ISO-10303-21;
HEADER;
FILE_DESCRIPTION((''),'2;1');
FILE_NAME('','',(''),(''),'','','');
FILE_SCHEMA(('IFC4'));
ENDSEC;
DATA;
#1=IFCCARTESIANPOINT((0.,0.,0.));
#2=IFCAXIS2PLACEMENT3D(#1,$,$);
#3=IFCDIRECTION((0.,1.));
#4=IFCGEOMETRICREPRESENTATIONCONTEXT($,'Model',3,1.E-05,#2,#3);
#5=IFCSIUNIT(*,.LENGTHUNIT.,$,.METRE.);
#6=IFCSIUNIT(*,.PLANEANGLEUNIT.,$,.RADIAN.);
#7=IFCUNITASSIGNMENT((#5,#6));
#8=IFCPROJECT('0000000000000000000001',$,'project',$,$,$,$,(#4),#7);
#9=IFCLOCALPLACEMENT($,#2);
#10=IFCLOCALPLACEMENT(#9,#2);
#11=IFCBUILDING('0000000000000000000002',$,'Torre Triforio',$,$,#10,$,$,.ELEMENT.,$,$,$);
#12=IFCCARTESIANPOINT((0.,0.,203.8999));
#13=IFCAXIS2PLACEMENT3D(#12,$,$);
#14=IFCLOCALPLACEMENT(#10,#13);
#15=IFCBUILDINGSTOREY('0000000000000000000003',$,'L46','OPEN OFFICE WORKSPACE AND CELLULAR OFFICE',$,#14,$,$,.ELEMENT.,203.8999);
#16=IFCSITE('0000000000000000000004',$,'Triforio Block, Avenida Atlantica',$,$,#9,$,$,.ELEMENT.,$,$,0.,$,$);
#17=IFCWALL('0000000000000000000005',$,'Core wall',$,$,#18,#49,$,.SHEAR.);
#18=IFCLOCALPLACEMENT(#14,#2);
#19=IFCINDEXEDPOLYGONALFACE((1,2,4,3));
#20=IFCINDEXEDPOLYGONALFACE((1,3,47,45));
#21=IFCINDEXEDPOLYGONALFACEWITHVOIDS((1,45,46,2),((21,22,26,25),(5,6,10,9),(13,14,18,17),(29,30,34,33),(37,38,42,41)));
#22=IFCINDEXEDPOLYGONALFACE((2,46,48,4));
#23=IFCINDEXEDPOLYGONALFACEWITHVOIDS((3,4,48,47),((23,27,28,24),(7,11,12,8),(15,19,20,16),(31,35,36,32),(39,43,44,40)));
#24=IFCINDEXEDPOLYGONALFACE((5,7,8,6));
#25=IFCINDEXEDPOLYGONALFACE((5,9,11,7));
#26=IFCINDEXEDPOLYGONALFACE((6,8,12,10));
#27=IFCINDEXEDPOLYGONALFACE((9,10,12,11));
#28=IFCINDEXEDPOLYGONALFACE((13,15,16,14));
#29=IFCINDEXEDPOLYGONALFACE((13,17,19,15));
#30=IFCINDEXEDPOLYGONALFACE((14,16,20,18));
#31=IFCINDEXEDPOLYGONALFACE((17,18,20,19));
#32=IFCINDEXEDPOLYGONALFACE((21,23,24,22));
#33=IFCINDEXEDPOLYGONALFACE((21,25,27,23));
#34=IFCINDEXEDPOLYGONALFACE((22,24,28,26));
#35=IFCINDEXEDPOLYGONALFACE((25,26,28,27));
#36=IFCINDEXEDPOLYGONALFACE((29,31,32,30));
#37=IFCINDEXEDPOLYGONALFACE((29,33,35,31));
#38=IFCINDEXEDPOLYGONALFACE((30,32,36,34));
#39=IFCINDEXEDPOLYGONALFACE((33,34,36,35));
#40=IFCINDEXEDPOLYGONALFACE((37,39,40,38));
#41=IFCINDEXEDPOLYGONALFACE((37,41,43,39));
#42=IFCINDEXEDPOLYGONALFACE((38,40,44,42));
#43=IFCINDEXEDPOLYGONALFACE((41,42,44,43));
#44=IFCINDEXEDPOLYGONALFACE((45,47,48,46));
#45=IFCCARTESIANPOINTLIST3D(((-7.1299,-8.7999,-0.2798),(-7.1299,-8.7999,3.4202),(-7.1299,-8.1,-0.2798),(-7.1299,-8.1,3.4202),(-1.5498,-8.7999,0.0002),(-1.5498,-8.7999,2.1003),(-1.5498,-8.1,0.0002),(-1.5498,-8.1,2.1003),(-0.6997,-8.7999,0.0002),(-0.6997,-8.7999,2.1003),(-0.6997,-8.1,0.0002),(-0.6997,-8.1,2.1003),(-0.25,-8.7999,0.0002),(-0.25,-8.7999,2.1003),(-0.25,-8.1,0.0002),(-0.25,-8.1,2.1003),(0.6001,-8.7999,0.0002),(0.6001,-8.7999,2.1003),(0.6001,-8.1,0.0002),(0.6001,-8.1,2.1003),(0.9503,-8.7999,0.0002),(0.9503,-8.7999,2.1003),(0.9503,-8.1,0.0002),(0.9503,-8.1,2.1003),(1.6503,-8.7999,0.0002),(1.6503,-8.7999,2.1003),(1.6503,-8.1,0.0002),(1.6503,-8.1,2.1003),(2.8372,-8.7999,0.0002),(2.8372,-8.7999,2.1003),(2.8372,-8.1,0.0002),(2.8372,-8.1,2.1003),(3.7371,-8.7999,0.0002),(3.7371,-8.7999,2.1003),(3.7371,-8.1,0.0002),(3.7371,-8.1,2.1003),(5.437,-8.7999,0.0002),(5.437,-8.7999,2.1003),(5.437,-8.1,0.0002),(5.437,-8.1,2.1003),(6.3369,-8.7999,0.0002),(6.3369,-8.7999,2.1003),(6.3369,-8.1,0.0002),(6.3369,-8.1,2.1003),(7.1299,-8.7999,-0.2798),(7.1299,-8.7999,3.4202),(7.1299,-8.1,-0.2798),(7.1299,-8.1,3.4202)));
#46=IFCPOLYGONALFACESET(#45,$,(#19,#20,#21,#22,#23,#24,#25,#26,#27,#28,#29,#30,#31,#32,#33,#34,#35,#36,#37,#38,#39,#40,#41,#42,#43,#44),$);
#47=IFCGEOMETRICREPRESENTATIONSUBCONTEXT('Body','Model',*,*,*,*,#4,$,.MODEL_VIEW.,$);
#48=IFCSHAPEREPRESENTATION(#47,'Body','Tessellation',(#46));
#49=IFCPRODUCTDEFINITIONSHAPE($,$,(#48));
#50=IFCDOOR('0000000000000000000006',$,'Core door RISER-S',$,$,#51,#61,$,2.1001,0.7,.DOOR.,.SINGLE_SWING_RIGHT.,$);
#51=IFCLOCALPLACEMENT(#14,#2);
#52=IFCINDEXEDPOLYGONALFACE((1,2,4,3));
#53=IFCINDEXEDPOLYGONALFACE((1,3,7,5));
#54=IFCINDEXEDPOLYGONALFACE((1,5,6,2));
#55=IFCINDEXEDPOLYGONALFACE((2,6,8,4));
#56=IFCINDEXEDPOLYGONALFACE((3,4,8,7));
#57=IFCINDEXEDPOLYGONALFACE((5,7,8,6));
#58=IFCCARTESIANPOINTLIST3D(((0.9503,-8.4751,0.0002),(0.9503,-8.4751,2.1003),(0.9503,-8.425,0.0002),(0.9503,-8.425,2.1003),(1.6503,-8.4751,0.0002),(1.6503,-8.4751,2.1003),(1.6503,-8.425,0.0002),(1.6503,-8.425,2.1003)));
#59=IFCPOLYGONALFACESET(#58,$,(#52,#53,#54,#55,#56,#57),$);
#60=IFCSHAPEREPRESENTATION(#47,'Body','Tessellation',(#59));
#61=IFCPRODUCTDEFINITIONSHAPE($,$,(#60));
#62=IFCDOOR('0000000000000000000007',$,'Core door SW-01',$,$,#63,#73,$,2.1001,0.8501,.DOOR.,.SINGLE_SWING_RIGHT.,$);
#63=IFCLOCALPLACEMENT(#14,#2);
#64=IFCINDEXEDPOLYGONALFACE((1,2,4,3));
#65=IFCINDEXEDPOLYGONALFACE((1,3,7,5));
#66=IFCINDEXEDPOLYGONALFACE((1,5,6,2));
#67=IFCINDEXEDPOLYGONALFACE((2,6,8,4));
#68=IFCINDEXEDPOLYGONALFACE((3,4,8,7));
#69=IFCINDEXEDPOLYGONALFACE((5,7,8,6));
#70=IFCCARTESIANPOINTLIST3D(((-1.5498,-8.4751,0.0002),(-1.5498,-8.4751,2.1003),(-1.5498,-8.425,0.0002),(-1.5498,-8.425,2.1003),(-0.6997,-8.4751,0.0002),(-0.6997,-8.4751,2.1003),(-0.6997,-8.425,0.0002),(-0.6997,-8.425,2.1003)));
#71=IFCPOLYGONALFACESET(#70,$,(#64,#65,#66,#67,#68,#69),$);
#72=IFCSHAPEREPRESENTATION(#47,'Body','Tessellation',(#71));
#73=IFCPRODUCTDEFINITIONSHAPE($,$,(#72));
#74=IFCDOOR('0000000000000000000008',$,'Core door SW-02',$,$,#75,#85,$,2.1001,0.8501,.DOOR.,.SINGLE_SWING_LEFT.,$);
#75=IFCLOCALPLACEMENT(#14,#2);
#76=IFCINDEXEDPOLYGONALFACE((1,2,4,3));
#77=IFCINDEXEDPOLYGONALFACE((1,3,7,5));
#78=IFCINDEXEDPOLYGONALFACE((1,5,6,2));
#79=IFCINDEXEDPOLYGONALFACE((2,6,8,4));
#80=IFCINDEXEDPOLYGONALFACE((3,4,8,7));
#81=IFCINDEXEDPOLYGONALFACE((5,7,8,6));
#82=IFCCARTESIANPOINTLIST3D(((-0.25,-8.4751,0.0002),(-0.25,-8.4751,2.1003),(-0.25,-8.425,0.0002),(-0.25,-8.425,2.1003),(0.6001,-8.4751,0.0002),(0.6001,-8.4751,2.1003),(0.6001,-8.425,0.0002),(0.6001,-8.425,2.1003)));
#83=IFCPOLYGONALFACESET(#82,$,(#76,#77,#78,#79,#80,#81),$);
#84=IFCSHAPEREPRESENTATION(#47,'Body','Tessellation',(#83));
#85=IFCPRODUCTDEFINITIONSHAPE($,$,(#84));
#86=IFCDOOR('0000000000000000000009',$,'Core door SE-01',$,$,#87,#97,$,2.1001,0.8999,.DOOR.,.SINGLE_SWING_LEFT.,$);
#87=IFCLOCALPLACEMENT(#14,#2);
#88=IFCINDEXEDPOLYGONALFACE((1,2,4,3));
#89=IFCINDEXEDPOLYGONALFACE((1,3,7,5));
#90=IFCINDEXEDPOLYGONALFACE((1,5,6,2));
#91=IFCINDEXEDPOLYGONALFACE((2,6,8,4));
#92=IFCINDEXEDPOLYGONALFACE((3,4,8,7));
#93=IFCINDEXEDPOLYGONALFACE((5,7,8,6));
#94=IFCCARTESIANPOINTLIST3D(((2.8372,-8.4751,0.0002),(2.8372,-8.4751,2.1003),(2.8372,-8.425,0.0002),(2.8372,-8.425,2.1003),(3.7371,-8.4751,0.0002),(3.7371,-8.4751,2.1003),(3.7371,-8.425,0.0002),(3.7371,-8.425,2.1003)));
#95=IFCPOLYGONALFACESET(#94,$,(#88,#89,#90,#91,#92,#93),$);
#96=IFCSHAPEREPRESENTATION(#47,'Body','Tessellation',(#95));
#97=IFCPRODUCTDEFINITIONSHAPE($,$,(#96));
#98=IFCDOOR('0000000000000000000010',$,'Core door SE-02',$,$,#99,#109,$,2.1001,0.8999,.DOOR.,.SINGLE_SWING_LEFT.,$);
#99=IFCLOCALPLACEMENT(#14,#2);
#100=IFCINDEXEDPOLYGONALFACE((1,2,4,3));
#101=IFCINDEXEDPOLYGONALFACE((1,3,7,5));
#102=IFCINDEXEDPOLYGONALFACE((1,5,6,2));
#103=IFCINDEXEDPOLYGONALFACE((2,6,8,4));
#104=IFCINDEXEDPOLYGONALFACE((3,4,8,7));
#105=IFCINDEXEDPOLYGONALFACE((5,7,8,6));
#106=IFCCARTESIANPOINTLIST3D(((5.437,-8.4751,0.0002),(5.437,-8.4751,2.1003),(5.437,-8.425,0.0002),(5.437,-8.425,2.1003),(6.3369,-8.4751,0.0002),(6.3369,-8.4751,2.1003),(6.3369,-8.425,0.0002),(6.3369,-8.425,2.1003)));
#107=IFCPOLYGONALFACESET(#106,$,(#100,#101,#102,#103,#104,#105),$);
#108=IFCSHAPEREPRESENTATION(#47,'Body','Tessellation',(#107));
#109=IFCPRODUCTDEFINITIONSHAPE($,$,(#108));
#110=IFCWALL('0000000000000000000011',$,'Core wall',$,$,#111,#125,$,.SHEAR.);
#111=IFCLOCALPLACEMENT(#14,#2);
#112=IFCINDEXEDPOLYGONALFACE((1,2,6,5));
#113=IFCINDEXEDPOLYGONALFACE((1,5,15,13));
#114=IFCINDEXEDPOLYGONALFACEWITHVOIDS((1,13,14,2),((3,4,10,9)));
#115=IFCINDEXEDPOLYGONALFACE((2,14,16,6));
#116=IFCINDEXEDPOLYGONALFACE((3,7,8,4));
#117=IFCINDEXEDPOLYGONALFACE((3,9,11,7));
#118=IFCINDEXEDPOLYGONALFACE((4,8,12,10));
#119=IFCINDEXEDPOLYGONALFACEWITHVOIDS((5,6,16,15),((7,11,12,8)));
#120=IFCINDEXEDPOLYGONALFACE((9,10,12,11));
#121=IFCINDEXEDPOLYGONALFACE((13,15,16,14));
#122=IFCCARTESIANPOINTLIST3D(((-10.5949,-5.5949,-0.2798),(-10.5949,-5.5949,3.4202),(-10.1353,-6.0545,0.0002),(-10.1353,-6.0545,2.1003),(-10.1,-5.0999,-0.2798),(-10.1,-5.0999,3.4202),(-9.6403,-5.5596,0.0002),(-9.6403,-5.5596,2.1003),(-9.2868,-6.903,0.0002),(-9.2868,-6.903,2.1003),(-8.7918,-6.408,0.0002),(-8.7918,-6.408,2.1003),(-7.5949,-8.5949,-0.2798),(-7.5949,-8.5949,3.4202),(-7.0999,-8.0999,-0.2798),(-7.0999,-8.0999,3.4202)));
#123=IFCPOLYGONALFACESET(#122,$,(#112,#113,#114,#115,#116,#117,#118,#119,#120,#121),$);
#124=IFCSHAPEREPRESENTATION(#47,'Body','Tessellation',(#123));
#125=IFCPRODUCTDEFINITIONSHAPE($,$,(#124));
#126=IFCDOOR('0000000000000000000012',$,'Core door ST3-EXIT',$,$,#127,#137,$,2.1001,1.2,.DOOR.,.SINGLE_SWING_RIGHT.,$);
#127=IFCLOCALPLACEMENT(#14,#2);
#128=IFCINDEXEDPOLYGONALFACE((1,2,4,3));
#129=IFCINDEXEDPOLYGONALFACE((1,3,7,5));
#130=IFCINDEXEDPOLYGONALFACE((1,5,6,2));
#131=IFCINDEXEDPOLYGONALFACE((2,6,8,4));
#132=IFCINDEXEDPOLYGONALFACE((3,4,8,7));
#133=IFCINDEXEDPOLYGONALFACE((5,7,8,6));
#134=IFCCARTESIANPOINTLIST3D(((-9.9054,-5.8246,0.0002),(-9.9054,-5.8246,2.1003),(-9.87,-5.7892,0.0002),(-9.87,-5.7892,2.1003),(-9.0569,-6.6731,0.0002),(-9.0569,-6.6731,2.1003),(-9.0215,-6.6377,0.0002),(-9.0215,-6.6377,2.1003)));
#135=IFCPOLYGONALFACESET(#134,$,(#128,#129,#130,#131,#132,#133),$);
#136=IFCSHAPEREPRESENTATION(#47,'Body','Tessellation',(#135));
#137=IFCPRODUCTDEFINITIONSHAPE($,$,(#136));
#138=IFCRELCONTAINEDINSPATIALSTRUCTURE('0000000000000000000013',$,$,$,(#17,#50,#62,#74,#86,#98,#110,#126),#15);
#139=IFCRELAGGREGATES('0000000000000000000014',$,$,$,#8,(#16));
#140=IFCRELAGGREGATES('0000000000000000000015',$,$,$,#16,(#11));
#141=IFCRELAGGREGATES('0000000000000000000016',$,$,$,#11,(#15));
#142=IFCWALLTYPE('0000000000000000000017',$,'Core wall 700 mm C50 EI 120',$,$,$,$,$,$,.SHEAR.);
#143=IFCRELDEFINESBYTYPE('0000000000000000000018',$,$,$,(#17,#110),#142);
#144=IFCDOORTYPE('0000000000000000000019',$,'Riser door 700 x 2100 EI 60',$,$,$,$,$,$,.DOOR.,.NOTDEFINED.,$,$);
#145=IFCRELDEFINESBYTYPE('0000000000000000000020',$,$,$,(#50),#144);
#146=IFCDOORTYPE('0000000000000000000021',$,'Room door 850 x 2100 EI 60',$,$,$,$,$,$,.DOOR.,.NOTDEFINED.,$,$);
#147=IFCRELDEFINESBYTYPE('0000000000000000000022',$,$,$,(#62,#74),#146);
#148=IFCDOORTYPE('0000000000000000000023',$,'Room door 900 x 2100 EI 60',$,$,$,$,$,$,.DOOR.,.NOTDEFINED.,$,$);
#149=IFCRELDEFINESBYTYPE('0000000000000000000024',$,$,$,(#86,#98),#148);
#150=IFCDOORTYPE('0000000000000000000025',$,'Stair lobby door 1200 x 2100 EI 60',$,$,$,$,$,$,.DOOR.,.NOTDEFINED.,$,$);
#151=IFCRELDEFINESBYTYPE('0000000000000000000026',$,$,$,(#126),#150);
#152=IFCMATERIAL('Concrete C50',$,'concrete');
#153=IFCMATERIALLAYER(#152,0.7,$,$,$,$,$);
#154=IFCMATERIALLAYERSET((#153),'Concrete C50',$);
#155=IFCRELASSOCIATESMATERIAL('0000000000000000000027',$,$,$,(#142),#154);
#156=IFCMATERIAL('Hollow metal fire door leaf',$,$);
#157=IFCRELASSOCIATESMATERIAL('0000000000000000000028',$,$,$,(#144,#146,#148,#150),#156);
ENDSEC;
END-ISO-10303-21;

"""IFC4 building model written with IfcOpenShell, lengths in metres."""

from ifc_helpers import new_model, si_unit, direction, frame, frame_2d, origin, place, context, subcontext, project, spatial, rectangle, extrude, material, layer, layer_set, type_object, element, fill, save


model = new_model("IFC4")

# Units and contexts
model_context = context("Model", 3, precision=1e-05, world=origin(), true_north=direction((0.0, 1.0)))
body_context = subcontext(model_context, "Body", "Model", "MODEL_VIEW")
ifc_project = project(units=[si_unit("LENGTHUNIT", "METRE"), si_unit("PLANEANGLEUNIT", "RADIAN")], contexts=[model_context])

# Site, building, storey
site_placement = place(None, origin())
site = spatial("IfcSite", under=ifc_project, at=site_placement, Name="Triforio Block, Avenida Atlantica", CompositionType="ELEMENT", RefElevation=0.0)
building_placement = place(site_placement, origin())
building = spatial("IfcBuilding", under=site, at=building_placement, Name="Torre Triforio", CompositionType="ELEMENT")
storey_placement = place(building_placement, frame((0.0, 0.0, 203.8999)))
storey = spatial("IfcBuildingStorey", under=building, at=storey_placement, Name="L46", Description="OPEN OFFICE WORKSPACE AND CELLULAR OFFICE", CompositionType="ELEMENT", Elevation=203.8999)

# Shared definitions
ifc_material_1 = material(Name="Concrete C50", Category="concrete")

# Wall, openings, doors
ifc_layer_1 = layer(ifc_material_1, 0.7)
ifc_layer_set_1 = layer_set([ifc_layer_1], Name="Concrete C50")
wall_type_1 = type_object("IfcWallType", Name="Core wall 700 mm C50 EI 120", PredefinedType="SHEAR", material=ifc_layer_set_1)
wall_1_placement = place(storey_placement, frame((-7.1299, -8.45, -0.2798), z_axis=(0.0, 0.0, 1.0), x_axis=(1.0, 0.0, 0.0)))
wall_1 = element("IfcWall", 1, at=wall_1_placement, inside=storey, type_object=wall_type_1, Name="Core wall", PredefinedType="SHEAR", context=body_context, shape_type="SweptSolid", body=[
    extrude(rectangle(XDim=14.2598, YDim=0.7, at=frame_2d((7.1299, 0.0))), origin(), (0.0, 0.0, 1.0), 3.7),
])
opening_1_placement = place(wall_1_placement, frame((8.0801, 0.0, 0.28)))
opening_1 = element("IfcOpeningElement", 2, at=opening_1_placement, cuts=wall_1, PredefinedType="OPENING", context=body_context, shape_type="SweptSolid", body=[
    extrude(rectangle(XDim=0.7, YDim=2.1001, at=frame_2d((0.3501, 1.05))), frame((0.0, 0.3599, 0.0), z_axis=(0.0, -1.0, 0.0), x_axis=(1.0, 0.0, 0.0)), (0.0, 0.0, 1.0), 0.72),
])
opening_2_placement = place(wall_1_placement, frame((5.5801, 0.0, 0.28)))
opening_2 = element("IfcOpeningElement", 3, at=opening_2_placement, cuts=wall_1, PredefinedType="OPENING", context=body_context, shape_type="SweptSolid", body=[
    extrude(rectangle(XDim=0.8501, YDim=2.1001, at=frame_2d((0.425, 1.05))), frame((0.0, 0.3599, 0.0), z_axis=(0.0, -1.0, 0.0), x_axis=(1.0, 0.0, 0.0)), (0.0, 0.0, 1.0), 0.72),
])
opening_3_placement = place(wall_1_placement, frame((6.8799, 0.0, 0.28)))
opening_3 = element("IfcOpeningElement", 4, at=opening_3_placement, cuts=wall_1, PredefinedType="OPENING", context=body_context, shape_type="SweptSolid", body=[
    extrude(rectangle(XDim=0.8501, YDim=2.1001, at=frame_2d((0.425, 1.05))), frame((0.0, 0.3599, 0.0), z_axis=(0.0, -1.0, 0.0), x_axis=(1.0, 0.0, 0.0)), (0.0, 0.0, 1.0), 0.72),
])
opening_4_placement = place(wall_1_placement, frame((9.967, 0.0, 0.28)))
opening_4 = element("IfcOpeningElement", 5, at=opening_4_placement, cuts=wall_1, PredefinedType="OPENING", context=body_context, shape_type="SweptSolid", body=[
    extrude(rectangle(XDim=0.8999, YDim=2.1001, at=frame_2d((0.45, 1.05))), frame((0.0, 0.3599, 0.0), z_axis=(0.0, -1.0, 0.0), x_axis=(1.0, 0.0, 0.0)), (0.0, 0.0, 1.0), 0.72),
])
opening_5_placement = place(wall_1_placement, frame((12.5669, 0.0, 0.28)))
opening_5 = element("IfcOpeningElement", 6, at=opening_5_placement, cuts=wall_1, PredefinedType="OPENING", context=body_context, shape_type="SweptSolid", body=[
    extrude(rectangle(XDim=0.8999, YDim=2.1001, at=frame_2d((0.45, 1.05))), frame((0.0, 0.3599, 0.0), z_axis=(0.0, -1.0, 0.0), x_axis=(1.0, 0.0, 0.0)), (0.0, 0.0, 1.0), 0.72),
])
ifc_material_2 = material(Name="Hollow metal fire door leaf")
door_type_1 = type_object("IfcDoorType", Name="Riser door 700 x 2100 EI 60", OperationType="NOTDEFINED", PredefinedType="DOOR", material=ifc_material_2)
door_1_placement = place(opening_1_placement, origin())
door_1 = element("IfcDoor", 7, at=door_1_placement, inside=storey, type_object=door_type_1, Name="Core door RISER-S", OperationType="SINGLE_SWING_RIGHT", OverallHeight=2.1001, OverallWidth=0.7, PredefinedType="DOOR", context=body_context, shape_type="SweptSolid", body=[
    extrude(rectangle(XDim=0.7, YDim=2.1001, at=frame_2d((0.3501, 1.05))), frame((0.0, 0.0249, 0.0), z_axis=(0.0, -1.0, 0.0), x_axis=(1.0, 0.0, 0.0)), (0.0, 0.0, 1.0), 0.05),
])
fill(opening_1, door_1)
door_type_2 = type_object("IfcDoorType", Name="Room door 850 x 2100 EI 60", OperationType="NOTDEFINED", PredefinedType="DOOR", material=ifc_material_2)
door_2_placement = place(opening_2_placement, origin())
door_2 = element("IfcDoor", 8, at=door_2_placement, inside=storey, type_object=door_type_2, Name="Core door SW-01", OperationType="SINGLE_SWING_RIGHT", OverallHeight=2.1001, OverallWidth=0.8501, PredefinedType="DOOR", context=body_context, shape_type="SweptSolid", body=[
    extrude(rectangle(XDim=0.8501, YDim=2.1001, at=frame_2d((0.425, 1.05))), frame((0.0, 0.0249, 0.0), z_axis=(0.0, -1.0, 0.0), x_axis=(1.0, 0.0, 0.0)), (0.0, 0.0, 1.0), 0.05),
])
fill(opening_2, door_2)
door_3_placement = place(opening_3_placement, origin())
door_3 = element("IfcDoor", 9, at=door_3_placement, inside=storey, type_object=door_type_2, Name="Core door SW-02", OperationType="SINGLE_SWING_LEFT", OverallHeight=2.1001, OverallWidth=0.8501, PredefinedType="DOOR", context=body_context, shape_type="SweptSolid", body=[
    extrude(rectangle(XDim=0.8501, YDim=2.1001, at=frame_2d((0.425, 1.05))), frame((0.0, 0.0249, 0.0), z_axis=(0.0, -1.0, 0.0), x_axis=(1.0, 0.0, 0.0)), (0.0, 0.0, 1.0), 0.05),
])
fill(opening_3, door_3)
door_type_3 = type_object("IfcDoorType", Name="Room door 900 x 2100 EI 60", OperationType="NOTDEFINED", PredefinedType="DOOR", material=ifc_material_2)
door_4_placement = place(opening_4_placement, origin())
door_4 = element("IfcDoor", 10, at=door_4_placement, inside=storey, type_object=door_type_3, Name="Core door SE-01", OperationType="SINGLE_SWING_LEFT", OverallHeight=2.1001, OverallWidth=0.8999, PredefinedType="DOOR", context=body_context, shape_type="SweptSolid", body=[
    extrude(rectangle(XDim=0.8999, YDim=2.1001, at=frame_2d((0.45, 1.05))), frame((0.0, 0.0249, 0.0), z_axis=(0.0, -1.0, 0.0), x_axis=(1.0, 0.0, 0.0)), (0.0, 0.0, 1.0), 0.05),
])
fill(opening_4, door_4)
door_5_placement = place(opening_5_placement, origin())
door_5 = element("IfcDoor", 11, at=door_5_placement, inside=storey, type_object=door_type_3, Name="Core door SE-02", OperationType="SINGLE_SWING_LEFT", OverallHeight=2.1001, OverallWidth=0.8999, PredefinedType="DOOR", context=body_context, shape_type="SweptSolid", body=[
    extrude(rectangle(XDim=0.8999, YDim=2.1001, at=frame_2d((0.45, 1.05))), frame((0.0, 0.0249, 0.0), z_axis=(0.0, -1.0, 0.0), x_axis=(1.0, 0.0, 0.0)), (0.0, 0.0, 1.0), 0.05),
])
fill(opening_5, door_5)

# Wall, opening, door
wall_2_placement = place(storey_placement, frame((-7.3474, -8.3474, -0.2798), z_axis=(0.0, 0.0, 1.0), x_axis=(-0.707107, 0.707107, 0.0)))
wall_2 = element("IfcWall", 12, at=wall_2_placement, inside=storey, type_object=wall_type_1, Name="Core wall", PredefinedType="SHEAR", context=body_context, shape_type="SweptSolid", body=[
    extrude(rectangle(XDim=4.2427, YDim=0.7, at=frame_2d((2.1213, 0.0))), origin(), (0.0, 0.0, 1.0), 3.7),
])
opening_6_placement = place(wall_2_placement, frame((2.3926, 0.0, 0.28)))
opening_6 = element("IfcOpeningElement", 13, at=opening_6_placement, cuts=wall_2, PredefinedType="OPENING", context=body_context, shape_type="SweptSolid", body=[
    extrude(rectangle(XDim=1.2, YDim=2.1001, at=frame_2d((0.6001, 1.05))), frame((0.0, 0.3599, 0.0), z_axis=(0.0, -1.0, 0.0), x_axis=(1.0, 0.0, 0.0)), (0.0, 0.0, 1.0), 0.72),
])
door_type_4 = type_object("IfcDoorType", Name="Stair lobby door 1200 x 2100 EI 60", OperationType="NOTDEFINED", PredefinedType="DOOR", material=ifc_material_2)
door_6_placement = place(opening_6_placement, origin())
door_6 = element("IfcDoor", 14, at=door_6_placement, inside=storey, type_object=door_type_4, Name="Core door ST3-EXIT", OperationType="SINGLE_SWING_RIGHT", OverallHeight=2.1001, OverallWidth=1.2, PredefinedType="DOOR", context=body_context, shape_type="SweptSolid", body=[
    extrude(rectangle(XDim=1.2, YDim=2.1001, at=frame_2d((0.6001, 1.05))), frame((0.0, 0.0249, 0.0), z_axis=(0.0, -1.0, 0.0), x_axis=(1.0, 0.0, 0.0)), (0.0, 0.0, 1.0), 0.05),
])
fill(opening_6, door_6)

save(model, "model.ifc")
